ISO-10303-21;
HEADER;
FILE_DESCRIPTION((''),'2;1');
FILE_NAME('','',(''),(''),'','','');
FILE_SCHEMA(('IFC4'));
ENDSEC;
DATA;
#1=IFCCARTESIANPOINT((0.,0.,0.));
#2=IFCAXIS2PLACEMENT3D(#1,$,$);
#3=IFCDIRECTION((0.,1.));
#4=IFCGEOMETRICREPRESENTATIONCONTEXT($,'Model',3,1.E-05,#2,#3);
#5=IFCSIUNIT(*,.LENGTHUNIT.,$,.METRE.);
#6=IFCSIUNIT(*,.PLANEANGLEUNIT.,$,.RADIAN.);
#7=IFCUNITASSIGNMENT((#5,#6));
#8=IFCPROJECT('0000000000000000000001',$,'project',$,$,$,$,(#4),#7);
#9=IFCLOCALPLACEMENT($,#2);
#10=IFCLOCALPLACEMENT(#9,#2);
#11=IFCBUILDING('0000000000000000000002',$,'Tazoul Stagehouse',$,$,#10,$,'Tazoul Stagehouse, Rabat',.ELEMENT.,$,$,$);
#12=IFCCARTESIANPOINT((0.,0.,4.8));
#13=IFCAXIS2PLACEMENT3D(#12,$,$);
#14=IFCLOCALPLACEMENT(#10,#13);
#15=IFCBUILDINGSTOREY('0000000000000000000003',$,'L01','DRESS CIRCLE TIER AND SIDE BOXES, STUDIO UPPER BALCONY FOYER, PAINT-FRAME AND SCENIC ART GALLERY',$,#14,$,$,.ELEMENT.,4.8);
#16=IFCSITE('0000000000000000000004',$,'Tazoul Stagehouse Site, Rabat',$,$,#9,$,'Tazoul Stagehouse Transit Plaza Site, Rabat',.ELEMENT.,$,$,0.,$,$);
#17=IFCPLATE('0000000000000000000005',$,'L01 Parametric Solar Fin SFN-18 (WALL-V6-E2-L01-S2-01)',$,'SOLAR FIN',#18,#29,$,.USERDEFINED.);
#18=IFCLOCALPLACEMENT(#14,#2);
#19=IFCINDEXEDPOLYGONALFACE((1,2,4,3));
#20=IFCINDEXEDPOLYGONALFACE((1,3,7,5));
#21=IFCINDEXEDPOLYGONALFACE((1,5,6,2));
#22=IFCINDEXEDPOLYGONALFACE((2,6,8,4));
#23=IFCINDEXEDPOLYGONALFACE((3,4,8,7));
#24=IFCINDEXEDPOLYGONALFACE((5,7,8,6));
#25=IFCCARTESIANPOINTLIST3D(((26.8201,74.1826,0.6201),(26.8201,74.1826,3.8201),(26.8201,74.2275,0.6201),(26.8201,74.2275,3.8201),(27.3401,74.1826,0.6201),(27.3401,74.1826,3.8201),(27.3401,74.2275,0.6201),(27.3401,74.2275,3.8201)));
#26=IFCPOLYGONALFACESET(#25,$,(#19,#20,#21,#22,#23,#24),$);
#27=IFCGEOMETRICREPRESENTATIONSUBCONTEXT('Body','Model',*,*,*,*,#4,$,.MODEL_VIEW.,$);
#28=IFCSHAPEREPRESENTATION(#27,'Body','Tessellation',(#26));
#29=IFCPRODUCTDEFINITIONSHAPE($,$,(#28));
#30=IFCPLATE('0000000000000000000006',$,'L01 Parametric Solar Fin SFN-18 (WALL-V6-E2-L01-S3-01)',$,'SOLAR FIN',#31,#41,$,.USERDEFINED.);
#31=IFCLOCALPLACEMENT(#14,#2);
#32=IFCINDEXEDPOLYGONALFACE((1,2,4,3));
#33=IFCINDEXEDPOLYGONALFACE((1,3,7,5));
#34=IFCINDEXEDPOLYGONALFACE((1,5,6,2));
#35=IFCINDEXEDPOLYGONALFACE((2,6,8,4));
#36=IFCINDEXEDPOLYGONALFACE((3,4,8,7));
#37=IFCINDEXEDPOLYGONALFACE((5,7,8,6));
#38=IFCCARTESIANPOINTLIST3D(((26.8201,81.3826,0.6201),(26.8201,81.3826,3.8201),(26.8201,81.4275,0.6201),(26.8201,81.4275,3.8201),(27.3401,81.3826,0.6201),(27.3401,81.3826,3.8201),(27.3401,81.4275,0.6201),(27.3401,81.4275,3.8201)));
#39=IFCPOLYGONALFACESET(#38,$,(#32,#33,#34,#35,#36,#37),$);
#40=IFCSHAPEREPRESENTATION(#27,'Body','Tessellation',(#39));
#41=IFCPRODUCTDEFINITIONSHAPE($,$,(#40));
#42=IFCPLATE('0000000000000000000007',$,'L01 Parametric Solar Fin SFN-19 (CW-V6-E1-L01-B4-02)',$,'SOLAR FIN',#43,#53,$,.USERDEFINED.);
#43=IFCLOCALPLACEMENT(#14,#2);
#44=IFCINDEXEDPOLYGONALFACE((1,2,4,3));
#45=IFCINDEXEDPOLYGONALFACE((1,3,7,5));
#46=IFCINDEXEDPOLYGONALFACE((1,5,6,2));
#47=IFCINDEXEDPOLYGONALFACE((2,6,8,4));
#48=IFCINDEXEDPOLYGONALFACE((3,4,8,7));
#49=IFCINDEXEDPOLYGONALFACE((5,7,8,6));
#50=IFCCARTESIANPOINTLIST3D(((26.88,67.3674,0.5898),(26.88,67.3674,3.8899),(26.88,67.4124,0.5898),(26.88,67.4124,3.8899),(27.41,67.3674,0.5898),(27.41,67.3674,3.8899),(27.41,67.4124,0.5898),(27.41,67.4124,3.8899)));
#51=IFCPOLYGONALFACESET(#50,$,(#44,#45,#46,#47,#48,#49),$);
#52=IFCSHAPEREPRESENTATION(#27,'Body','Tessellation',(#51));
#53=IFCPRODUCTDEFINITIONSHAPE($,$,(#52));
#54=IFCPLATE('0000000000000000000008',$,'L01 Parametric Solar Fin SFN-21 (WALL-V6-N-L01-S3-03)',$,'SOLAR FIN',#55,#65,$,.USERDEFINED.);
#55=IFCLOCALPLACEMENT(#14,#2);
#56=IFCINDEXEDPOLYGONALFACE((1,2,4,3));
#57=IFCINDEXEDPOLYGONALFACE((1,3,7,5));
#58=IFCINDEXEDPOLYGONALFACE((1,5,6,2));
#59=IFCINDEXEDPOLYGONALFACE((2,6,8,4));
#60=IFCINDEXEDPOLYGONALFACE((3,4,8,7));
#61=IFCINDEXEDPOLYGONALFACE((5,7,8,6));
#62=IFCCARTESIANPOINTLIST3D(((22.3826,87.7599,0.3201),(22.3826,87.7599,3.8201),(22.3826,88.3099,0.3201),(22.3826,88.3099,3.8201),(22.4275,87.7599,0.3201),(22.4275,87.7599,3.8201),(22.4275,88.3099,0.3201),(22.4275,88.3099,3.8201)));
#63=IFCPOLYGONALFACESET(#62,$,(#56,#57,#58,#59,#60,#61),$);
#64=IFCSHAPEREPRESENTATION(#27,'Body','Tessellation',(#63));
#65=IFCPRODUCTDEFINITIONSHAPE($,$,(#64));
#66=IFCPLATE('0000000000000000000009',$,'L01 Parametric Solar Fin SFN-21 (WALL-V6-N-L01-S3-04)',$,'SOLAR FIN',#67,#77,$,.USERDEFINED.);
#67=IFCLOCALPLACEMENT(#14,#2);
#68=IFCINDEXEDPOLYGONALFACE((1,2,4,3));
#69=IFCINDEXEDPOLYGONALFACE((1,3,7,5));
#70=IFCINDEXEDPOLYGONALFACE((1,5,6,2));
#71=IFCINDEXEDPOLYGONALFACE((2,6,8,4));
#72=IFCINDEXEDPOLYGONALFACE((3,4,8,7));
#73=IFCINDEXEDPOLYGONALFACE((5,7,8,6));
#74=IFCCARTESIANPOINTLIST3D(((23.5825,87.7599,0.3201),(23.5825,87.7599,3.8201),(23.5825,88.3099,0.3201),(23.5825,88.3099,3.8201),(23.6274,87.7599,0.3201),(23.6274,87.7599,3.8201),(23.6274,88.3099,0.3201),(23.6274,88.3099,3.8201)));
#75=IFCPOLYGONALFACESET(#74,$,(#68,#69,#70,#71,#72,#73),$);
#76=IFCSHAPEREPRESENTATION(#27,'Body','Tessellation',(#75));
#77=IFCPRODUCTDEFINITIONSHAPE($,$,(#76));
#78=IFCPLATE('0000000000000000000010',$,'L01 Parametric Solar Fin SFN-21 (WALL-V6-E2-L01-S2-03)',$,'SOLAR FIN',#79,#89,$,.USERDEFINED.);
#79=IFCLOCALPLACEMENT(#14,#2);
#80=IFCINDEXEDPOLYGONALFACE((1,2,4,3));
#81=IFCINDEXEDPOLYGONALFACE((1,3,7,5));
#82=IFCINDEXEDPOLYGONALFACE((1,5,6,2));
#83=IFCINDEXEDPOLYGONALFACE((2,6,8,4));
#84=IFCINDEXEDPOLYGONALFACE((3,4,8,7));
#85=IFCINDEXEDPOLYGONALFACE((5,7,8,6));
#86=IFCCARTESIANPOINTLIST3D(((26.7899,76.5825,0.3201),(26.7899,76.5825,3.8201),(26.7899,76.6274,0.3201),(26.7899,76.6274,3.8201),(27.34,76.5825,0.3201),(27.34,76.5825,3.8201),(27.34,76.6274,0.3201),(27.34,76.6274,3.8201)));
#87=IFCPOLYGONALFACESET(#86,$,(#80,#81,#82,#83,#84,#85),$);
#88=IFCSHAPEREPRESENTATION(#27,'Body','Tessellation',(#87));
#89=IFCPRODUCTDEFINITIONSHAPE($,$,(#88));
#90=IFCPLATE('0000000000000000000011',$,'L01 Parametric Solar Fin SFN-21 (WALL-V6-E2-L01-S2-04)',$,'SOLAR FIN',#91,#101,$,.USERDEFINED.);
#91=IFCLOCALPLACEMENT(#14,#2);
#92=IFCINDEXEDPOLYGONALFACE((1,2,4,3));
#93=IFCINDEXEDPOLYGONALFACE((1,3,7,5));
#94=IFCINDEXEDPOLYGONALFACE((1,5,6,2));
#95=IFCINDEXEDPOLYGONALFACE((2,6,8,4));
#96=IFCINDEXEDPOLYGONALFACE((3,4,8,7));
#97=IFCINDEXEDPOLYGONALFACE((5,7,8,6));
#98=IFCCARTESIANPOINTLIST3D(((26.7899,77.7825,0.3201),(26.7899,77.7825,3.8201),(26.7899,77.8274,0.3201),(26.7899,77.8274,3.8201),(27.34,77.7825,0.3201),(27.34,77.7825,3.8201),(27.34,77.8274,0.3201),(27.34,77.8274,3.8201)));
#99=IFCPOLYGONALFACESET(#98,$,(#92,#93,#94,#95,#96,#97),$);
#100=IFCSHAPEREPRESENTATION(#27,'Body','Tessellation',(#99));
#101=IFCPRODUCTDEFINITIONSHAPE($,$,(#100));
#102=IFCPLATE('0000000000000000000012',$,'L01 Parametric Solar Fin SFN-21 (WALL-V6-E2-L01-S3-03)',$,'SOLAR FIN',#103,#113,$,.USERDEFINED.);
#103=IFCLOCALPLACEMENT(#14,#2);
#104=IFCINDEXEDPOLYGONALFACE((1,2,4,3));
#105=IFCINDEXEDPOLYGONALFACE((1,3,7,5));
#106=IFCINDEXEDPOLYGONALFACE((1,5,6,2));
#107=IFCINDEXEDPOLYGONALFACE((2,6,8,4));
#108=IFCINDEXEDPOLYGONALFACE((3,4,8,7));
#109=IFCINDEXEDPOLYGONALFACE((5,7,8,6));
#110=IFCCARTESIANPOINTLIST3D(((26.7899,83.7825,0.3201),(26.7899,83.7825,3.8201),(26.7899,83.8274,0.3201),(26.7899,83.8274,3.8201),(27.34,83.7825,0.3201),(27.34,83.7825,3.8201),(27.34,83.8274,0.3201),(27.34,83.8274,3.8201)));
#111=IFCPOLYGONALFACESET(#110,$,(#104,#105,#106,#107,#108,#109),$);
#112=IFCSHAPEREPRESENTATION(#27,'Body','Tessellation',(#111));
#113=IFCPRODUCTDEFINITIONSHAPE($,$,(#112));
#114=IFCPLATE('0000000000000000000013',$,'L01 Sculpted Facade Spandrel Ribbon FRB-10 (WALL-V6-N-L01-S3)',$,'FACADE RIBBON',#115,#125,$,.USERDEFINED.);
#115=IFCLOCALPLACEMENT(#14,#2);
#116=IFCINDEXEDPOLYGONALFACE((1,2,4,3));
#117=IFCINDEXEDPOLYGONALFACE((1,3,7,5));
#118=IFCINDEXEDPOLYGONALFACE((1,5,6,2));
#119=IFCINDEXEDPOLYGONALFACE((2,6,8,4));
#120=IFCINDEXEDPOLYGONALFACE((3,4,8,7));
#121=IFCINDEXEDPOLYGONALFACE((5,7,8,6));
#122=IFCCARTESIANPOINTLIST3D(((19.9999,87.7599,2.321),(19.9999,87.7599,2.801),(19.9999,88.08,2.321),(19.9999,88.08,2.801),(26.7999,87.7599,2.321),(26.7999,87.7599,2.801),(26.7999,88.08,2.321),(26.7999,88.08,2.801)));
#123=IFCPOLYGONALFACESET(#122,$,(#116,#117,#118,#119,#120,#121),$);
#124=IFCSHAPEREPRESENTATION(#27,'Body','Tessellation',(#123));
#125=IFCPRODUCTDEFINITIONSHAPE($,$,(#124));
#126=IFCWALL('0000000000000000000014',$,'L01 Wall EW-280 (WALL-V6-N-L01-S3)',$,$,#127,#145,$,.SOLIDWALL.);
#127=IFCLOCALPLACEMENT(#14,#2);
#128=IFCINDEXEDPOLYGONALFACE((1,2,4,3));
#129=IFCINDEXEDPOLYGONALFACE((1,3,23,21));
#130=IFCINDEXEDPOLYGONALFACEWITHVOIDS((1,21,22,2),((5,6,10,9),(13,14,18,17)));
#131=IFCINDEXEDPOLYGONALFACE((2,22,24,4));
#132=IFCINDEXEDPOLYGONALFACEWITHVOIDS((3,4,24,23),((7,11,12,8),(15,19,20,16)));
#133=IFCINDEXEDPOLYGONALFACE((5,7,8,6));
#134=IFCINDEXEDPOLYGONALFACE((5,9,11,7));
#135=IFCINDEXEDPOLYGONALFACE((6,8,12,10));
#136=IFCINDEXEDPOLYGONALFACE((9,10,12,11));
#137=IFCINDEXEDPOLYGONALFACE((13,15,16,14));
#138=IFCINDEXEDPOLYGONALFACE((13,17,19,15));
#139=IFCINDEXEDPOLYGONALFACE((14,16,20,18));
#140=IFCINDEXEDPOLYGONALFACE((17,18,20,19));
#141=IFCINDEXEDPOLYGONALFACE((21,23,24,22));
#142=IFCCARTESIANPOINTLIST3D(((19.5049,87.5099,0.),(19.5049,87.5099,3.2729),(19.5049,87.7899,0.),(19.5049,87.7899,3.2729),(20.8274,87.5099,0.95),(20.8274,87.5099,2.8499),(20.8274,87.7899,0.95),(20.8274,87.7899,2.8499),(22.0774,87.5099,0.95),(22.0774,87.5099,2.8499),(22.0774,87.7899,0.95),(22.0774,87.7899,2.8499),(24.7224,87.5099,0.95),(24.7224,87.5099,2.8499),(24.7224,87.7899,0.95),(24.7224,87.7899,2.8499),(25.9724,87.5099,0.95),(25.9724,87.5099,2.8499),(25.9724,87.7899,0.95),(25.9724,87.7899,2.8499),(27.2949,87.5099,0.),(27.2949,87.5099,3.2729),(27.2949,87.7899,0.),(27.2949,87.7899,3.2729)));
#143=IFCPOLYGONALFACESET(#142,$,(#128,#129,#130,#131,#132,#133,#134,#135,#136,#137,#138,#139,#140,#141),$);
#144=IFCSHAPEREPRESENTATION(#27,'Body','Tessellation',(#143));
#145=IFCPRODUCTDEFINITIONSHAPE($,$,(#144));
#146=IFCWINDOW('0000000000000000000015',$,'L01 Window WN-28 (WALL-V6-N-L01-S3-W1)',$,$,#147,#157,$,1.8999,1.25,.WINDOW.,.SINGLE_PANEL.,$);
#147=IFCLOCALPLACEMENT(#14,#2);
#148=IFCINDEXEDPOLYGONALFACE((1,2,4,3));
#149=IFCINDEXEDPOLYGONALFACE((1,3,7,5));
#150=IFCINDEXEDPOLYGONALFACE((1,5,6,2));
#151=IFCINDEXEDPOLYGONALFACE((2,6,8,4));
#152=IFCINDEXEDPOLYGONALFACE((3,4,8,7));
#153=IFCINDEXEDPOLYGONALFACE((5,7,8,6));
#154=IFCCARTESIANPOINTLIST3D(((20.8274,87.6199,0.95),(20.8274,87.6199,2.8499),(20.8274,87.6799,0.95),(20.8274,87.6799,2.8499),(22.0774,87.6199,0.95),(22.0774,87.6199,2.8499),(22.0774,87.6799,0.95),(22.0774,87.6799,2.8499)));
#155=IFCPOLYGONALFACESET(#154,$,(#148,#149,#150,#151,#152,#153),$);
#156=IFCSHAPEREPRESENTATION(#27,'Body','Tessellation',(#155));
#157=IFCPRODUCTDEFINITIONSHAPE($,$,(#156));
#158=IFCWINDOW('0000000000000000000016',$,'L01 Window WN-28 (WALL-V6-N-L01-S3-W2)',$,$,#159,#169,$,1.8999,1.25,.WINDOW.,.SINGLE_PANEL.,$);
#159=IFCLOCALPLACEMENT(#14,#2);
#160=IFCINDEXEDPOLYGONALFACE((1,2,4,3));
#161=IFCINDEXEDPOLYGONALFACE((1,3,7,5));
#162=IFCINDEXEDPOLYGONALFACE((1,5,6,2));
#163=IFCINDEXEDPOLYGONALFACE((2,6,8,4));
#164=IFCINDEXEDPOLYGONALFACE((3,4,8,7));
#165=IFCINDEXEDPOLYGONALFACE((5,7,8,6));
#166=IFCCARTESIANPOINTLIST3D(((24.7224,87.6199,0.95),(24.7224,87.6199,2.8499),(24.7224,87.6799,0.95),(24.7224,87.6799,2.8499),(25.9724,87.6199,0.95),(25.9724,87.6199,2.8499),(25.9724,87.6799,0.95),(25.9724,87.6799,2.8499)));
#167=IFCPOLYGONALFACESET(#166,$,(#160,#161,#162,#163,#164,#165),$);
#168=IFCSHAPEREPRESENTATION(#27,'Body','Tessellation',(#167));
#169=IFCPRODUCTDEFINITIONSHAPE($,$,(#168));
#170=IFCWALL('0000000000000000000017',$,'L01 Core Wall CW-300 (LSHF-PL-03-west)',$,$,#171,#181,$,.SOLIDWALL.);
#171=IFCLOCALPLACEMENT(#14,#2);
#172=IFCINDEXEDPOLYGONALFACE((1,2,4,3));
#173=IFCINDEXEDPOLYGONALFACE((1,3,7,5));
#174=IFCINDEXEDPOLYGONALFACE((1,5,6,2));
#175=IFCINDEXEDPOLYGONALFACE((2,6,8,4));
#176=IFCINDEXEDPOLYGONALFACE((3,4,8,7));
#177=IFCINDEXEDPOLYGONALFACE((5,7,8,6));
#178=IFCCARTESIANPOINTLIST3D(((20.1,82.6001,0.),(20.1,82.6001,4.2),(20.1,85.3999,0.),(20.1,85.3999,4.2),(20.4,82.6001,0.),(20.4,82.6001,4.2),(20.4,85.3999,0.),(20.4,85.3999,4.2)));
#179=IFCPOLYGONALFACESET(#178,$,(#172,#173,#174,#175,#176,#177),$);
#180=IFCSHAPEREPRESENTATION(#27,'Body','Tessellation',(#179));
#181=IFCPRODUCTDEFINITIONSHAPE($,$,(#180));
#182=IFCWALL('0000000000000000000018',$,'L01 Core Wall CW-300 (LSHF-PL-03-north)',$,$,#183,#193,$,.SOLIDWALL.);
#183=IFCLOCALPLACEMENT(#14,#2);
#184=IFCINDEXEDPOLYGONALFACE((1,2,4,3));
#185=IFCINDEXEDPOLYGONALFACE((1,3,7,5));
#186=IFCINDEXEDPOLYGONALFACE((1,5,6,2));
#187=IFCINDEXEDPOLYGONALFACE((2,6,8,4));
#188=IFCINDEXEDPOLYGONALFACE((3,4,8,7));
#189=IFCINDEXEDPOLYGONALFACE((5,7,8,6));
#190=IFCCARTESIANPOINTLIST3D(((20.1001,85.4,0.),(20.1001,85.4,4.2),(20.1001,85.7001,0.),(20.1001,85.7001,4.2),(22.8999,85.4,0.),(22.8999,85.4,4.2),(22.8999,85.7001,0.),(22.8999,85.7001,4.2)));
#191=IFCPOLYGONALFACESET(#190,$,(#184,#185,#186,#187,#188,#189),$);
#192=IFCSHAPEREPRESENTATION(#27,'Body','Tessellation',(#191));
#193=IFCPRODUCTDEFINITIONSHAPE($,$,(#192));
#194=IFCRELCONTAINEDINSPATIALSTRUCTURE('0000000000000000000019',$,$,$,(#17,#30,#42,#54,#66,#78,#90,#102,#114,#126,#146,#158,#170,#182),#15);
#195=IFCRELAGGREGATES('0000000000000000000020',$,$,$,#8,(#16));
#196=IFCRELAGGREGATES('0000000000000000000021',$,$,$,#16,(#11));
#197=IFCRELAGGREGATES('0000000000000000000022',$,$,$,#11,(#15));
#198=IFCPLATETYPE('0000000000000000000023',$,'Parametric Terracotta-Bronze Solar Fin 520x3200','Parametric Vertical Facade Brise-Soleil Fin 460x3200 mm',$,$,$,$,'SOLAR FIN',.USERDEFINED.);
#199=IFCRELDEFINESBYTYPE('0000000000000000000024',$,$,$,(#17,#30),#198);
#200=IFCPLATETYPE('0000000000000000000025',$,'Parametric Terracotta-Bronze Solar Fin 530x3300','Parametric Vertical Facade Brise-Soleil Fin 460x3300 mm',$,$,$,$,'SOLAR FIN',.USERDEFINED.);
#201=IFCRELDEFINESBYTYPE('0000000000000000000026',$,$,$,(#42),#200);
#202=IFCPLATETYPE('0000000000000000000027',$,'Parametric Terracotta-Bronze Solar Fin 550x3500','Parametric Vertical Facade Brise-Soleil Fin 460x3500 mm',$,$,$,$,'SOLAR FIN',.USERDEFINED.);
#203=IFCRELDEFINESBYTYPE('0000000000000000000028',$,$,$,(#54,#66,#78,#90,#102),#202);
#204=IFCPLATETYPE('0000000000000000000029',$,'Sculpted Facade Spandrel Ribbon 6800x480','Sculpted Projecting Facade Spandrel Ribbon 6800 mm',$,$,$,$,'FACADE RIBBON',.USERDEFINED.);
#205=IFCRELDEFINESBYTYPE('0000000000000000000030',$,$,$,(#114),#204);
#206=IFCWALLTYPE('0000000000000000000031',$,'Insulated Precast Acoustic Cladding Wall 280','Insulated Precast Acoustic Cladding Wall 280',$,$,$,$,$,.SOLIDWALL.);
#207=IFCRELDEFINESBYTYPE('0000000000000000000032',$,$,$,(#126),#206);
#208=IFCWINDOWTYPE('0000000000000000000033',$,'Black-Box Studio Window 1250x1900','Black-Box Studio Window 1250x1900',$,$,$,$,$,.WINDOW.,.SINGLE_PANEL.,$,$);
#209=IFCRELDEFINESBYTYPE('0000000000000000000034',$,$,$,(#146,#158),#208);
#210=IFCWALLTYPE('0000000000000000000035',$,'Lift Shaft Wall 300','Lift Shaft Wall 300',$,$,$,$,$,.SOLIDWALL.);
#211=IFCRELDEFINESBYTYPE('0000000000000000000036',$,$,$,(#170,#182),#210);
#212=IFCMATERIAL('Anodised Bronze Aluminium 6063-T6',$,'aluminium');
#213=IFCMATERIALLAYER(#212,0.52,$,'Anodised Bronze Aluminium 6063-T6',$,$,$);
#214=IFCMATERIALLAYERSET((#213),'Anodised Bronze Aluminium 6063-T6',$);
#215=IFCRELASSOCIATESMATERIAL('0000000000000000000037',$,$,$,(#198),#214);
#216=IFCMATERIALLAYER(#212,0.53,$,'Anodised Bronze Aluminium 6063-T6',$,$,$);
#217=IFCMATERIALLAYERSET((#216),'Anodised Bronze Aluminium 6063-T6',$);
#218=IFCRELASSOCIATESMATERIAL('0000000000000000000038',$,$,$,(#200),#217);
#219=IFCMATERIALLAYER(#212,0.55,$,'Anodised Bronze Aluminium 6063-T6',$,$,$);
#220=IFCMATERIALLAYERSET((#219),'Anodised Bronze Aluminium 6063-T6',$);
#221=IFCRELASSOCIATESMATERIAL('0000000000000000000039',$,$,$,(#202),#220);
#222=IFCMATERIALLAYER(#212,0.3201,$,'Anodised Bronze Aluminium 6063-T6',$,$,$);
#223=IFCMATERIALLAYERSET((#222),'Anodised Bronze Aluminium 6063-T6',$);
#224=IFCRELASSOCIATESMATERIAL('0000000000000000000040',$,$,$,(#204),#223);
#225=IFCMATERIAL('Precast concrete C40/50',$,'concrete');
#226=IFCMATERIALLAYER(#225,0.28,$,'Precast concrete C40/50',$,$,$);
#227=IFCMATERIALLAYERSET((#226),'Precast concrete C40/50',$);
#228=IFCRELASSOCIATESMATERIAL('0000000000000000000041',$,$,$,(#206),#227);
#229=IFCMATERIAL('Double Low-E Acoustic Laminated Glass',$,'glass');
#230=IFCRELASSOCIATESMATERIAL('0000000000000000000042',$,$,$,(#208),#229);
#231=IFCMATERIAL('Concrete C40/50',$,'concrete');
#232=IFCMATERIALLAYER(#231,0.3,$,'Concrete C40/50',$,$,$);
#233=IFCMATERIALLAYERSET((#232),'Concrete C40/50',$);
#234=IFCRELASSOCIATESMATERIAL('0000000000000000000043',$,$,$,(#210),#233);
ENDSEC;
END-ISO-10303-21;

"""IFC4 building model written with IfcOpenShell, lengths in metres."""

from ifc_helpers import new_model, si_unit, direction, frame, frame_2d, origin, origin_2d, place, context, subcontext, project, spatial, rectangle, extrude, material, layer, layer_set, type_object, element, fill, save


model = new_model("IFC4")

# Units and contexts
model_context = context("Model", 3, precision=1e-05, world=origin(), true_north=direction((0.0, 1.0)))
body_context = subcontext(model_context, "Body", "Model", "MODEL_VIEW")
ifc_project = project(units=[si_unit("LENGTHUNIT", "METRE"), si_unit("PLANEANGLEUNIT", "RADIAN")], contexts=[model_context])

# Site, building, storey
site_placement = place(None, origin())
site = spatial("IfcSite", under=ifc_project, at=site_placement, Name="Tazoul Stagehouse Site, Rabat", LongName="Tazoul Stagehouse Transit Plaza Site, Rabat", CompositionType="ELEMENT", RefElevation=0.0)
building_placement = place(site_placement, origin())
building = spatial("IfcBuilding", under=site, at=building_placement, Name="Tazoul Stagehouse", LongName="Tazoul Stagehouse, Rabat", CompositionType="ELEMENT")
storey_placement = place(building_placement, frame((0.0, 0.0, 4.8)))
storey = spatial("IfcBuildingStorey", under=building, at=storey_placement, Name="L01", Description="DRESS CIRCLE TIER AND SIDE BOXES, STUDIO UPPER BALCONY FOYER, PAINT-FRAME AND SCENIC ART GALLERY", CompositionType="ELEMENT", Elevation=4.8)

# Shared definitions
ifc_material_1 = material(Name="Concrete C40/50", Category="concrete")

# Plates
ifc_material_2 = material(Name="Anodised Bronze Aluminium 6063-T6", Category="aluminium")
ifc_layer_1 = layer(ifc_material_2, 0.52, Name="Anodised Bronze Aluminium 6063-T6")
ifc_layer_set_1 = layer_set([ifc_layer_1], Name="Anodised Bronze Aluminium 6063-T6")
plate_type_1 = type_object("IfcPlateType", Name="Parametric Terracotta-Bronze Solar Fin 520x3200", Description="Parametric Vertical Facade Brise-Soleil Fin 460x3200 mm", ElementType="SOLAR FIN", PredefinedType="USERDEFINED", material=ifc_layer_set_1)
for number, where, z_axis, x_axis, name in (
    (1, (27.0801, 74.2051, 0.6201), (0.0, 0.0, 1.0), (0.0, 1.0, 0.0), "L01 Parametric Solar Fin SFN-18 (WALL-V6-E2-L01-S2-01)"),
    (2, (27.0801, 81.405, 0.6201), (0.0, 0.0, 1.0), (0.0, 1.0, 0.0), "L01 Parametric Solar Fin SFN-18 (WALL-V6-E2-L01-S3-01)"),
):
    element("IfcPlate", number, at=place(storey_placement, frame(where, z_axis=z_axis, x_axis=x_axis)), inside=storey, type_object=plate_type_1, Name=name, ObjectType="SOLAR FIN", PredefinedType="USERDEFINED", context=body_context, shape_type="SweptSolid", body=[
        extrude(rectangle(XDim=0.0449, YDim=0.52, at=origin_2d()), origin(), (0.0, 0.0, 1.0), 3.2),
    ])
ifc_layer_2 = layer(ifc_material_2, 0.53, Name="Anodised Bronze Aluminium 6063-T6")
ifc_layer_set_2 = layer_set([ifc_layer_2], Name="Anodised Bronze Aluminium 6063-T6")
plate_type_2 = type_object("IfcPlateType", Name="Parametric Terracotta-Bronze Solar Fin 530x3300", Description="Parametric Vertical Facade Brise-Soleil Fin 460x3300 mm", ElementType="SOLAR FIN", PredefinedType="USERDEFINED", material=ifc_layer_set_2)
plate_1_placement = place(storey_placement, frame((27.145, 67.3899, 0.5898), z_axis=(0.0, 0.0, 1.0), x_axis=(0.0, 1.0, 0.0)))
element("IfcPlate", 3, at=plate_1_placement, inside=storey, type_object=plate_type_2, Name="L01 Parametric Solar Fin SFN-19 (CW-V6-E1-L01-B4-02)", ObjectType="SOLAR FIN", PredefinedType="USERDEFINED", context=body_context, shape_type="SweptSolid", body=[
    extrude(rectangle(XDim=0.0449, YDim=0.53, at=origin_2d()), origin(), (0.0, 0.0, 1.0), 3.3),
])
ifc_layer_3 = layer(ifc_material_2, 0.55, Name="Anodised Bronze Aluminium 6063-T6")
ifc_layer_set_3 = layer_set([ifc_layer_3], Name="Anodised Bronze Aluminium 6063-T6")
plate_type_3 = type_object("IfcPlateType", Name="Parametric Terracotta-Bronze Solar Fin 550x3500", Description="Parametric Vertical Facade Brise-Soleil Fin 460x3500 mm", ElementType="SOLAR FIN", PredefinedType="USERDEFINED", material=ifc_layer_set_3)
for number, where, z_axis, x_axis, name in (
    (4, (22.405, 88.0349, 0.3201), (0.0, 0.0, 1.0), (1.0, 0.0, 0.0), "L01 Parametric Solar Fin SFN-21 (WALL-V6-N-L01-S3-03)"),
    (5, (23.605, 88.0349, 0.3201), (0.0, 0.0, 1.0), (1.0, 0.0, 0.0), "L01 Parametric Solar Fin SFN-21 (WALL-V6-N-L01-S3-04)"),
    (6, (27.0649, 76.605, 0.3201), (0.0, 0.0, 1.0), (0.0, 1.0, 0.0), "L01 Parametric Solar Fin SFN-21 (WALL-V6-E2-L01-S2-03)"),
    (7, (27.0649, 77.8049, 0.3201), (0.0, 0.0, 1.0), (0.0, 1.0, 0.0), "L01 Parametric Solar Fin SFN-21 (WALL-V6-E2-L01-S2-04)"),
    (8, (27.0649, 83.8049, 0.3201), (0.0, 0.0, 1.0), (0.0, 1.0, 0.0), "L01 Parametric Solar Fin SFN-21 (WALL-V6-E2-L01-S3-03)"),
):
    element("IfcPlate", number, at=place(storey_placement, frame(where, z_axis=z_axis, x_axis=x_axis)), inside=storey, type_object=plate_type_3, Name=name, ObjectType="SOLAR FIN", PredefinedType="USERDEFINED", context=body_context, shape_type="SweptSolid", body=[
        extrude(rectangle(XDim=0.0449, YDim=0.55, at=origin_2d()), origin(), (0.0, 0.0, 1.0), 3.5),
    ])
ifc_layer_4 = layer(ifc_material_2, 0.3201, Name="Anodised Bronze Aluminium 6063-T6")
ifc_layer_set_4 = layer_set([ifc_layer_4], Name="Anodised Bronze Aluminium 6063-T6")
plate_type_4 = type_object("IfcPlateType", Name="Sculpted Facade Spandrel Ribbon 6800x480", Description="Sculpted Projecting Facade Spandrel Ribbon 6800 mm", ElementType="FACADE RIBBON", PredefinedType="USERDEFINED", material=ifc_layer_set_4)
plate_2_placement = place(storey_placement, frame((23.3999, 87.9199, 2.321), z_axis=(0.0, 0.0, 1.0), x_axis=(1.0, 0.0, 0.0)))
element("IfcPlate", 9, at=plate_2_placement, inside=storey, type_object=plate_type_4, Name="L01 Sculpted Facade Spandrel Ribbon FRB-10 (WALL-V6-N-L01-S3)", ObjectType="FACADE RIBBON", PredefinedType="USERDEFINED", context=body_context, shape_type="SweptSolid", body=[
    extrude(rectangle(XDim=6.8, YDim=0.3201, at=origin_2d()), origin(), (0.0, 0.0, 1.0), 0.48),
])

# Wall, openings, windows
ifc_material_3 = material(Name="Precast concrete C40/50", Category="concrete")
ifc_layer_5 = layer(ifc_material_3, 0.28, Name="Precast concrete C40/50")
ifc_layer_set_5 = layer_set([ifc_layer_5], Name="Precast concrete C40/50")
wall_type_1 = type_object("IfcWallType", Name="Insulated Precast Acoustic Cladding Wall 280", Description="Insulated Precast Acoustic Cladding Wall 280", PredefinedType="SOLIDWALL", material=ifc_layer_set_5)
wall_1_placement = place(storey_placement, frame((19.5049, 87.6499, 0.0), z_axis=(0.0, 0.0, 1.0), x_axis=(1.0, 0.0, 0.0)))
wall_1 = element("IfcWall", 10, at=wall_1_placement, inside=storey, type_object=wall_type_1, Name="L01 Wall EW-280 (WALL-V6-N-L01-S3)", PredefinedType="SOLIDWALL", context=body_context, shape_type="SweptSolid", body=[
    extrude(rectangle(XDim=7.79, YDim=0.28, at=frame_2d((3.895, 0.0))), origin(), (0.0, 0.0, 1.0), 3.2729),
])
opening_1_placement = place(wall_1_placement, frame((1.3225, 0.0, 0.95)))
opening_1 = element("IfcOpeningElement", 11, at=opening_1_placement, cuts=wall_1, PredefinedType="OPENING", context=body_context, shape_type="SweptSolid", body=[
    extrude(rectangle(XDim=1.25, YDim=1.8999, at=frame_2d((0.625, 0.95))), frame((0.0, 0.1599, 0.0), z_axis=(0.0, -1.0, 0.0), x_axis=(1.0, 0.0, 0.0)), (0.0, 0.0, 1.0), 0.3201),
])
opening_2_placement = place(wall_1_placement, frame((5.2175, 0.0, 0.95)))
opening_2 = element("IfcOpeningElement", 12, at=opening_2_placement, cuts=wall_1, PredefinedType="OPENING", context=body_context, shape_type="SweptSolid", body=[
    extrude(rectangle(XDim=1.25, YDim=1.8999, at=frame_2d((0.625, 0.95))), frame((0.0, 0.1599, 0.0), z_axis=(0.0, -1.0, 0.0), x_axis=(1.0, 0.0, 0.0)), (0.0, 0.0, 1.0), 0.3201),
])
ifc_material_4 = material(Name="Double Low-E Acoustic Laminated Glass", Category="glass")
window_type = type_object("IfcWindowType", Name="Black-Box Studio Window 1250x1900", Description="Black-Box Studio Window 1250x1900", PartitioningType="SINGLE_PANEL", PredefinedType="WINDOW", material=ifc_material_4)
window_1_placement = place(opening_1_placement, origin())
window_1 = element("IfcWindow", 13, at=window_1_placement, inside=storey, type_object=window_type, Name="L01 Window WN-28 (WALL-V6-N-L01-S3-W1)", OverallHeight=1.8999, OverallWidth=1.25, PartitioningType="SINGLE_PANEL", PredefinedType="WINDOW", context=body_context, shape_type="SweptSolid", body=[
    extrude(rectangle(XDim=1.25, YDim=1.8999, at=frame_2d((0.625, 0.95))), frame((0.0, 0.03, 0.0), z_axis=(0.0, -1.0, 0.0), x_axis=(1.0, 0.0, 0.0)), (0.0, 0.0, 1.0), 0.0601),
])
fill(opening_1, window_1)
window_2_placement = place(opening_2_placement, origin())
window_2 = element("IfcWindow", 14, at=window_2_placement, inside=storey, type_object=window_type, Name="L01 Window WN-28 (WALL-V6-N-L01-S3-W2)", OverallHeight=1.8999, OverallWidth=1.25, PartitioningType="SINGLE_PANEL", PredefinedType="WINDOW", context=body_context, shape_type="SweptSolid", body=[
    extrude(rectangle(XDim=1.25, YDim=1.8999, at=frame_2d((0.625, 0.95))), frame((0.0, 0.03, 0.0), z_axis=(0.0, -1.0, 0.0), x_axis=(1.0, 0.0, 0.0)), (0.0, 0.0, 1.0), 0.0601),
])
fill(opening_2, window_2)

# Shared definitions
ifc_layer_6 = layer(ifc_material_1, 0.3, Name="Concrete C40/50")
ifc_layer_set_6 = layer_set([ifc_layer_6], Name="Concrete C40/50")
wall_type_2 = type_object("IfcWallType", Name="Lift Shaft Wall 300", Description="Lift Shaft Wall 300", PredefinedType="SOLIDWALL", material=ifc_layer_set_6)

# Walls
for number, where, z_axis, x_axis, name in (
    (15, (20.25, 82.6001, 0.0), (0.0, 0.0, 1.0), (0.0, 1.0, 0.0), "L01 Core Wall CW-300 (LSHF-PL-03-west)"),
    (16, (20.1001, 85.55, 0.0), (0.0, 0.0, 1.0), (1.0, 0.0, 0.0), "L01 Core Wall CW-300 (LSHF-PL-03-north)"),
):
    element("IfcWall", number, at=place(storey_placement, frame(where, z_axis=z_axis, x_axis=x_axis)), inside=storey, type_object=wall_type_2, Name=name, PredefinedType="SOLIDWALL", context=body_context, shape_type="SweptSolid", body=[
        extrude(rectangle(XDim=2.7998, YDim=0.3, at=frame_2d((1.3999, 0.0))), origin(), (0.0, 0.0, 1.0), 4.2),
    ])

save(model, "model.ifc")
